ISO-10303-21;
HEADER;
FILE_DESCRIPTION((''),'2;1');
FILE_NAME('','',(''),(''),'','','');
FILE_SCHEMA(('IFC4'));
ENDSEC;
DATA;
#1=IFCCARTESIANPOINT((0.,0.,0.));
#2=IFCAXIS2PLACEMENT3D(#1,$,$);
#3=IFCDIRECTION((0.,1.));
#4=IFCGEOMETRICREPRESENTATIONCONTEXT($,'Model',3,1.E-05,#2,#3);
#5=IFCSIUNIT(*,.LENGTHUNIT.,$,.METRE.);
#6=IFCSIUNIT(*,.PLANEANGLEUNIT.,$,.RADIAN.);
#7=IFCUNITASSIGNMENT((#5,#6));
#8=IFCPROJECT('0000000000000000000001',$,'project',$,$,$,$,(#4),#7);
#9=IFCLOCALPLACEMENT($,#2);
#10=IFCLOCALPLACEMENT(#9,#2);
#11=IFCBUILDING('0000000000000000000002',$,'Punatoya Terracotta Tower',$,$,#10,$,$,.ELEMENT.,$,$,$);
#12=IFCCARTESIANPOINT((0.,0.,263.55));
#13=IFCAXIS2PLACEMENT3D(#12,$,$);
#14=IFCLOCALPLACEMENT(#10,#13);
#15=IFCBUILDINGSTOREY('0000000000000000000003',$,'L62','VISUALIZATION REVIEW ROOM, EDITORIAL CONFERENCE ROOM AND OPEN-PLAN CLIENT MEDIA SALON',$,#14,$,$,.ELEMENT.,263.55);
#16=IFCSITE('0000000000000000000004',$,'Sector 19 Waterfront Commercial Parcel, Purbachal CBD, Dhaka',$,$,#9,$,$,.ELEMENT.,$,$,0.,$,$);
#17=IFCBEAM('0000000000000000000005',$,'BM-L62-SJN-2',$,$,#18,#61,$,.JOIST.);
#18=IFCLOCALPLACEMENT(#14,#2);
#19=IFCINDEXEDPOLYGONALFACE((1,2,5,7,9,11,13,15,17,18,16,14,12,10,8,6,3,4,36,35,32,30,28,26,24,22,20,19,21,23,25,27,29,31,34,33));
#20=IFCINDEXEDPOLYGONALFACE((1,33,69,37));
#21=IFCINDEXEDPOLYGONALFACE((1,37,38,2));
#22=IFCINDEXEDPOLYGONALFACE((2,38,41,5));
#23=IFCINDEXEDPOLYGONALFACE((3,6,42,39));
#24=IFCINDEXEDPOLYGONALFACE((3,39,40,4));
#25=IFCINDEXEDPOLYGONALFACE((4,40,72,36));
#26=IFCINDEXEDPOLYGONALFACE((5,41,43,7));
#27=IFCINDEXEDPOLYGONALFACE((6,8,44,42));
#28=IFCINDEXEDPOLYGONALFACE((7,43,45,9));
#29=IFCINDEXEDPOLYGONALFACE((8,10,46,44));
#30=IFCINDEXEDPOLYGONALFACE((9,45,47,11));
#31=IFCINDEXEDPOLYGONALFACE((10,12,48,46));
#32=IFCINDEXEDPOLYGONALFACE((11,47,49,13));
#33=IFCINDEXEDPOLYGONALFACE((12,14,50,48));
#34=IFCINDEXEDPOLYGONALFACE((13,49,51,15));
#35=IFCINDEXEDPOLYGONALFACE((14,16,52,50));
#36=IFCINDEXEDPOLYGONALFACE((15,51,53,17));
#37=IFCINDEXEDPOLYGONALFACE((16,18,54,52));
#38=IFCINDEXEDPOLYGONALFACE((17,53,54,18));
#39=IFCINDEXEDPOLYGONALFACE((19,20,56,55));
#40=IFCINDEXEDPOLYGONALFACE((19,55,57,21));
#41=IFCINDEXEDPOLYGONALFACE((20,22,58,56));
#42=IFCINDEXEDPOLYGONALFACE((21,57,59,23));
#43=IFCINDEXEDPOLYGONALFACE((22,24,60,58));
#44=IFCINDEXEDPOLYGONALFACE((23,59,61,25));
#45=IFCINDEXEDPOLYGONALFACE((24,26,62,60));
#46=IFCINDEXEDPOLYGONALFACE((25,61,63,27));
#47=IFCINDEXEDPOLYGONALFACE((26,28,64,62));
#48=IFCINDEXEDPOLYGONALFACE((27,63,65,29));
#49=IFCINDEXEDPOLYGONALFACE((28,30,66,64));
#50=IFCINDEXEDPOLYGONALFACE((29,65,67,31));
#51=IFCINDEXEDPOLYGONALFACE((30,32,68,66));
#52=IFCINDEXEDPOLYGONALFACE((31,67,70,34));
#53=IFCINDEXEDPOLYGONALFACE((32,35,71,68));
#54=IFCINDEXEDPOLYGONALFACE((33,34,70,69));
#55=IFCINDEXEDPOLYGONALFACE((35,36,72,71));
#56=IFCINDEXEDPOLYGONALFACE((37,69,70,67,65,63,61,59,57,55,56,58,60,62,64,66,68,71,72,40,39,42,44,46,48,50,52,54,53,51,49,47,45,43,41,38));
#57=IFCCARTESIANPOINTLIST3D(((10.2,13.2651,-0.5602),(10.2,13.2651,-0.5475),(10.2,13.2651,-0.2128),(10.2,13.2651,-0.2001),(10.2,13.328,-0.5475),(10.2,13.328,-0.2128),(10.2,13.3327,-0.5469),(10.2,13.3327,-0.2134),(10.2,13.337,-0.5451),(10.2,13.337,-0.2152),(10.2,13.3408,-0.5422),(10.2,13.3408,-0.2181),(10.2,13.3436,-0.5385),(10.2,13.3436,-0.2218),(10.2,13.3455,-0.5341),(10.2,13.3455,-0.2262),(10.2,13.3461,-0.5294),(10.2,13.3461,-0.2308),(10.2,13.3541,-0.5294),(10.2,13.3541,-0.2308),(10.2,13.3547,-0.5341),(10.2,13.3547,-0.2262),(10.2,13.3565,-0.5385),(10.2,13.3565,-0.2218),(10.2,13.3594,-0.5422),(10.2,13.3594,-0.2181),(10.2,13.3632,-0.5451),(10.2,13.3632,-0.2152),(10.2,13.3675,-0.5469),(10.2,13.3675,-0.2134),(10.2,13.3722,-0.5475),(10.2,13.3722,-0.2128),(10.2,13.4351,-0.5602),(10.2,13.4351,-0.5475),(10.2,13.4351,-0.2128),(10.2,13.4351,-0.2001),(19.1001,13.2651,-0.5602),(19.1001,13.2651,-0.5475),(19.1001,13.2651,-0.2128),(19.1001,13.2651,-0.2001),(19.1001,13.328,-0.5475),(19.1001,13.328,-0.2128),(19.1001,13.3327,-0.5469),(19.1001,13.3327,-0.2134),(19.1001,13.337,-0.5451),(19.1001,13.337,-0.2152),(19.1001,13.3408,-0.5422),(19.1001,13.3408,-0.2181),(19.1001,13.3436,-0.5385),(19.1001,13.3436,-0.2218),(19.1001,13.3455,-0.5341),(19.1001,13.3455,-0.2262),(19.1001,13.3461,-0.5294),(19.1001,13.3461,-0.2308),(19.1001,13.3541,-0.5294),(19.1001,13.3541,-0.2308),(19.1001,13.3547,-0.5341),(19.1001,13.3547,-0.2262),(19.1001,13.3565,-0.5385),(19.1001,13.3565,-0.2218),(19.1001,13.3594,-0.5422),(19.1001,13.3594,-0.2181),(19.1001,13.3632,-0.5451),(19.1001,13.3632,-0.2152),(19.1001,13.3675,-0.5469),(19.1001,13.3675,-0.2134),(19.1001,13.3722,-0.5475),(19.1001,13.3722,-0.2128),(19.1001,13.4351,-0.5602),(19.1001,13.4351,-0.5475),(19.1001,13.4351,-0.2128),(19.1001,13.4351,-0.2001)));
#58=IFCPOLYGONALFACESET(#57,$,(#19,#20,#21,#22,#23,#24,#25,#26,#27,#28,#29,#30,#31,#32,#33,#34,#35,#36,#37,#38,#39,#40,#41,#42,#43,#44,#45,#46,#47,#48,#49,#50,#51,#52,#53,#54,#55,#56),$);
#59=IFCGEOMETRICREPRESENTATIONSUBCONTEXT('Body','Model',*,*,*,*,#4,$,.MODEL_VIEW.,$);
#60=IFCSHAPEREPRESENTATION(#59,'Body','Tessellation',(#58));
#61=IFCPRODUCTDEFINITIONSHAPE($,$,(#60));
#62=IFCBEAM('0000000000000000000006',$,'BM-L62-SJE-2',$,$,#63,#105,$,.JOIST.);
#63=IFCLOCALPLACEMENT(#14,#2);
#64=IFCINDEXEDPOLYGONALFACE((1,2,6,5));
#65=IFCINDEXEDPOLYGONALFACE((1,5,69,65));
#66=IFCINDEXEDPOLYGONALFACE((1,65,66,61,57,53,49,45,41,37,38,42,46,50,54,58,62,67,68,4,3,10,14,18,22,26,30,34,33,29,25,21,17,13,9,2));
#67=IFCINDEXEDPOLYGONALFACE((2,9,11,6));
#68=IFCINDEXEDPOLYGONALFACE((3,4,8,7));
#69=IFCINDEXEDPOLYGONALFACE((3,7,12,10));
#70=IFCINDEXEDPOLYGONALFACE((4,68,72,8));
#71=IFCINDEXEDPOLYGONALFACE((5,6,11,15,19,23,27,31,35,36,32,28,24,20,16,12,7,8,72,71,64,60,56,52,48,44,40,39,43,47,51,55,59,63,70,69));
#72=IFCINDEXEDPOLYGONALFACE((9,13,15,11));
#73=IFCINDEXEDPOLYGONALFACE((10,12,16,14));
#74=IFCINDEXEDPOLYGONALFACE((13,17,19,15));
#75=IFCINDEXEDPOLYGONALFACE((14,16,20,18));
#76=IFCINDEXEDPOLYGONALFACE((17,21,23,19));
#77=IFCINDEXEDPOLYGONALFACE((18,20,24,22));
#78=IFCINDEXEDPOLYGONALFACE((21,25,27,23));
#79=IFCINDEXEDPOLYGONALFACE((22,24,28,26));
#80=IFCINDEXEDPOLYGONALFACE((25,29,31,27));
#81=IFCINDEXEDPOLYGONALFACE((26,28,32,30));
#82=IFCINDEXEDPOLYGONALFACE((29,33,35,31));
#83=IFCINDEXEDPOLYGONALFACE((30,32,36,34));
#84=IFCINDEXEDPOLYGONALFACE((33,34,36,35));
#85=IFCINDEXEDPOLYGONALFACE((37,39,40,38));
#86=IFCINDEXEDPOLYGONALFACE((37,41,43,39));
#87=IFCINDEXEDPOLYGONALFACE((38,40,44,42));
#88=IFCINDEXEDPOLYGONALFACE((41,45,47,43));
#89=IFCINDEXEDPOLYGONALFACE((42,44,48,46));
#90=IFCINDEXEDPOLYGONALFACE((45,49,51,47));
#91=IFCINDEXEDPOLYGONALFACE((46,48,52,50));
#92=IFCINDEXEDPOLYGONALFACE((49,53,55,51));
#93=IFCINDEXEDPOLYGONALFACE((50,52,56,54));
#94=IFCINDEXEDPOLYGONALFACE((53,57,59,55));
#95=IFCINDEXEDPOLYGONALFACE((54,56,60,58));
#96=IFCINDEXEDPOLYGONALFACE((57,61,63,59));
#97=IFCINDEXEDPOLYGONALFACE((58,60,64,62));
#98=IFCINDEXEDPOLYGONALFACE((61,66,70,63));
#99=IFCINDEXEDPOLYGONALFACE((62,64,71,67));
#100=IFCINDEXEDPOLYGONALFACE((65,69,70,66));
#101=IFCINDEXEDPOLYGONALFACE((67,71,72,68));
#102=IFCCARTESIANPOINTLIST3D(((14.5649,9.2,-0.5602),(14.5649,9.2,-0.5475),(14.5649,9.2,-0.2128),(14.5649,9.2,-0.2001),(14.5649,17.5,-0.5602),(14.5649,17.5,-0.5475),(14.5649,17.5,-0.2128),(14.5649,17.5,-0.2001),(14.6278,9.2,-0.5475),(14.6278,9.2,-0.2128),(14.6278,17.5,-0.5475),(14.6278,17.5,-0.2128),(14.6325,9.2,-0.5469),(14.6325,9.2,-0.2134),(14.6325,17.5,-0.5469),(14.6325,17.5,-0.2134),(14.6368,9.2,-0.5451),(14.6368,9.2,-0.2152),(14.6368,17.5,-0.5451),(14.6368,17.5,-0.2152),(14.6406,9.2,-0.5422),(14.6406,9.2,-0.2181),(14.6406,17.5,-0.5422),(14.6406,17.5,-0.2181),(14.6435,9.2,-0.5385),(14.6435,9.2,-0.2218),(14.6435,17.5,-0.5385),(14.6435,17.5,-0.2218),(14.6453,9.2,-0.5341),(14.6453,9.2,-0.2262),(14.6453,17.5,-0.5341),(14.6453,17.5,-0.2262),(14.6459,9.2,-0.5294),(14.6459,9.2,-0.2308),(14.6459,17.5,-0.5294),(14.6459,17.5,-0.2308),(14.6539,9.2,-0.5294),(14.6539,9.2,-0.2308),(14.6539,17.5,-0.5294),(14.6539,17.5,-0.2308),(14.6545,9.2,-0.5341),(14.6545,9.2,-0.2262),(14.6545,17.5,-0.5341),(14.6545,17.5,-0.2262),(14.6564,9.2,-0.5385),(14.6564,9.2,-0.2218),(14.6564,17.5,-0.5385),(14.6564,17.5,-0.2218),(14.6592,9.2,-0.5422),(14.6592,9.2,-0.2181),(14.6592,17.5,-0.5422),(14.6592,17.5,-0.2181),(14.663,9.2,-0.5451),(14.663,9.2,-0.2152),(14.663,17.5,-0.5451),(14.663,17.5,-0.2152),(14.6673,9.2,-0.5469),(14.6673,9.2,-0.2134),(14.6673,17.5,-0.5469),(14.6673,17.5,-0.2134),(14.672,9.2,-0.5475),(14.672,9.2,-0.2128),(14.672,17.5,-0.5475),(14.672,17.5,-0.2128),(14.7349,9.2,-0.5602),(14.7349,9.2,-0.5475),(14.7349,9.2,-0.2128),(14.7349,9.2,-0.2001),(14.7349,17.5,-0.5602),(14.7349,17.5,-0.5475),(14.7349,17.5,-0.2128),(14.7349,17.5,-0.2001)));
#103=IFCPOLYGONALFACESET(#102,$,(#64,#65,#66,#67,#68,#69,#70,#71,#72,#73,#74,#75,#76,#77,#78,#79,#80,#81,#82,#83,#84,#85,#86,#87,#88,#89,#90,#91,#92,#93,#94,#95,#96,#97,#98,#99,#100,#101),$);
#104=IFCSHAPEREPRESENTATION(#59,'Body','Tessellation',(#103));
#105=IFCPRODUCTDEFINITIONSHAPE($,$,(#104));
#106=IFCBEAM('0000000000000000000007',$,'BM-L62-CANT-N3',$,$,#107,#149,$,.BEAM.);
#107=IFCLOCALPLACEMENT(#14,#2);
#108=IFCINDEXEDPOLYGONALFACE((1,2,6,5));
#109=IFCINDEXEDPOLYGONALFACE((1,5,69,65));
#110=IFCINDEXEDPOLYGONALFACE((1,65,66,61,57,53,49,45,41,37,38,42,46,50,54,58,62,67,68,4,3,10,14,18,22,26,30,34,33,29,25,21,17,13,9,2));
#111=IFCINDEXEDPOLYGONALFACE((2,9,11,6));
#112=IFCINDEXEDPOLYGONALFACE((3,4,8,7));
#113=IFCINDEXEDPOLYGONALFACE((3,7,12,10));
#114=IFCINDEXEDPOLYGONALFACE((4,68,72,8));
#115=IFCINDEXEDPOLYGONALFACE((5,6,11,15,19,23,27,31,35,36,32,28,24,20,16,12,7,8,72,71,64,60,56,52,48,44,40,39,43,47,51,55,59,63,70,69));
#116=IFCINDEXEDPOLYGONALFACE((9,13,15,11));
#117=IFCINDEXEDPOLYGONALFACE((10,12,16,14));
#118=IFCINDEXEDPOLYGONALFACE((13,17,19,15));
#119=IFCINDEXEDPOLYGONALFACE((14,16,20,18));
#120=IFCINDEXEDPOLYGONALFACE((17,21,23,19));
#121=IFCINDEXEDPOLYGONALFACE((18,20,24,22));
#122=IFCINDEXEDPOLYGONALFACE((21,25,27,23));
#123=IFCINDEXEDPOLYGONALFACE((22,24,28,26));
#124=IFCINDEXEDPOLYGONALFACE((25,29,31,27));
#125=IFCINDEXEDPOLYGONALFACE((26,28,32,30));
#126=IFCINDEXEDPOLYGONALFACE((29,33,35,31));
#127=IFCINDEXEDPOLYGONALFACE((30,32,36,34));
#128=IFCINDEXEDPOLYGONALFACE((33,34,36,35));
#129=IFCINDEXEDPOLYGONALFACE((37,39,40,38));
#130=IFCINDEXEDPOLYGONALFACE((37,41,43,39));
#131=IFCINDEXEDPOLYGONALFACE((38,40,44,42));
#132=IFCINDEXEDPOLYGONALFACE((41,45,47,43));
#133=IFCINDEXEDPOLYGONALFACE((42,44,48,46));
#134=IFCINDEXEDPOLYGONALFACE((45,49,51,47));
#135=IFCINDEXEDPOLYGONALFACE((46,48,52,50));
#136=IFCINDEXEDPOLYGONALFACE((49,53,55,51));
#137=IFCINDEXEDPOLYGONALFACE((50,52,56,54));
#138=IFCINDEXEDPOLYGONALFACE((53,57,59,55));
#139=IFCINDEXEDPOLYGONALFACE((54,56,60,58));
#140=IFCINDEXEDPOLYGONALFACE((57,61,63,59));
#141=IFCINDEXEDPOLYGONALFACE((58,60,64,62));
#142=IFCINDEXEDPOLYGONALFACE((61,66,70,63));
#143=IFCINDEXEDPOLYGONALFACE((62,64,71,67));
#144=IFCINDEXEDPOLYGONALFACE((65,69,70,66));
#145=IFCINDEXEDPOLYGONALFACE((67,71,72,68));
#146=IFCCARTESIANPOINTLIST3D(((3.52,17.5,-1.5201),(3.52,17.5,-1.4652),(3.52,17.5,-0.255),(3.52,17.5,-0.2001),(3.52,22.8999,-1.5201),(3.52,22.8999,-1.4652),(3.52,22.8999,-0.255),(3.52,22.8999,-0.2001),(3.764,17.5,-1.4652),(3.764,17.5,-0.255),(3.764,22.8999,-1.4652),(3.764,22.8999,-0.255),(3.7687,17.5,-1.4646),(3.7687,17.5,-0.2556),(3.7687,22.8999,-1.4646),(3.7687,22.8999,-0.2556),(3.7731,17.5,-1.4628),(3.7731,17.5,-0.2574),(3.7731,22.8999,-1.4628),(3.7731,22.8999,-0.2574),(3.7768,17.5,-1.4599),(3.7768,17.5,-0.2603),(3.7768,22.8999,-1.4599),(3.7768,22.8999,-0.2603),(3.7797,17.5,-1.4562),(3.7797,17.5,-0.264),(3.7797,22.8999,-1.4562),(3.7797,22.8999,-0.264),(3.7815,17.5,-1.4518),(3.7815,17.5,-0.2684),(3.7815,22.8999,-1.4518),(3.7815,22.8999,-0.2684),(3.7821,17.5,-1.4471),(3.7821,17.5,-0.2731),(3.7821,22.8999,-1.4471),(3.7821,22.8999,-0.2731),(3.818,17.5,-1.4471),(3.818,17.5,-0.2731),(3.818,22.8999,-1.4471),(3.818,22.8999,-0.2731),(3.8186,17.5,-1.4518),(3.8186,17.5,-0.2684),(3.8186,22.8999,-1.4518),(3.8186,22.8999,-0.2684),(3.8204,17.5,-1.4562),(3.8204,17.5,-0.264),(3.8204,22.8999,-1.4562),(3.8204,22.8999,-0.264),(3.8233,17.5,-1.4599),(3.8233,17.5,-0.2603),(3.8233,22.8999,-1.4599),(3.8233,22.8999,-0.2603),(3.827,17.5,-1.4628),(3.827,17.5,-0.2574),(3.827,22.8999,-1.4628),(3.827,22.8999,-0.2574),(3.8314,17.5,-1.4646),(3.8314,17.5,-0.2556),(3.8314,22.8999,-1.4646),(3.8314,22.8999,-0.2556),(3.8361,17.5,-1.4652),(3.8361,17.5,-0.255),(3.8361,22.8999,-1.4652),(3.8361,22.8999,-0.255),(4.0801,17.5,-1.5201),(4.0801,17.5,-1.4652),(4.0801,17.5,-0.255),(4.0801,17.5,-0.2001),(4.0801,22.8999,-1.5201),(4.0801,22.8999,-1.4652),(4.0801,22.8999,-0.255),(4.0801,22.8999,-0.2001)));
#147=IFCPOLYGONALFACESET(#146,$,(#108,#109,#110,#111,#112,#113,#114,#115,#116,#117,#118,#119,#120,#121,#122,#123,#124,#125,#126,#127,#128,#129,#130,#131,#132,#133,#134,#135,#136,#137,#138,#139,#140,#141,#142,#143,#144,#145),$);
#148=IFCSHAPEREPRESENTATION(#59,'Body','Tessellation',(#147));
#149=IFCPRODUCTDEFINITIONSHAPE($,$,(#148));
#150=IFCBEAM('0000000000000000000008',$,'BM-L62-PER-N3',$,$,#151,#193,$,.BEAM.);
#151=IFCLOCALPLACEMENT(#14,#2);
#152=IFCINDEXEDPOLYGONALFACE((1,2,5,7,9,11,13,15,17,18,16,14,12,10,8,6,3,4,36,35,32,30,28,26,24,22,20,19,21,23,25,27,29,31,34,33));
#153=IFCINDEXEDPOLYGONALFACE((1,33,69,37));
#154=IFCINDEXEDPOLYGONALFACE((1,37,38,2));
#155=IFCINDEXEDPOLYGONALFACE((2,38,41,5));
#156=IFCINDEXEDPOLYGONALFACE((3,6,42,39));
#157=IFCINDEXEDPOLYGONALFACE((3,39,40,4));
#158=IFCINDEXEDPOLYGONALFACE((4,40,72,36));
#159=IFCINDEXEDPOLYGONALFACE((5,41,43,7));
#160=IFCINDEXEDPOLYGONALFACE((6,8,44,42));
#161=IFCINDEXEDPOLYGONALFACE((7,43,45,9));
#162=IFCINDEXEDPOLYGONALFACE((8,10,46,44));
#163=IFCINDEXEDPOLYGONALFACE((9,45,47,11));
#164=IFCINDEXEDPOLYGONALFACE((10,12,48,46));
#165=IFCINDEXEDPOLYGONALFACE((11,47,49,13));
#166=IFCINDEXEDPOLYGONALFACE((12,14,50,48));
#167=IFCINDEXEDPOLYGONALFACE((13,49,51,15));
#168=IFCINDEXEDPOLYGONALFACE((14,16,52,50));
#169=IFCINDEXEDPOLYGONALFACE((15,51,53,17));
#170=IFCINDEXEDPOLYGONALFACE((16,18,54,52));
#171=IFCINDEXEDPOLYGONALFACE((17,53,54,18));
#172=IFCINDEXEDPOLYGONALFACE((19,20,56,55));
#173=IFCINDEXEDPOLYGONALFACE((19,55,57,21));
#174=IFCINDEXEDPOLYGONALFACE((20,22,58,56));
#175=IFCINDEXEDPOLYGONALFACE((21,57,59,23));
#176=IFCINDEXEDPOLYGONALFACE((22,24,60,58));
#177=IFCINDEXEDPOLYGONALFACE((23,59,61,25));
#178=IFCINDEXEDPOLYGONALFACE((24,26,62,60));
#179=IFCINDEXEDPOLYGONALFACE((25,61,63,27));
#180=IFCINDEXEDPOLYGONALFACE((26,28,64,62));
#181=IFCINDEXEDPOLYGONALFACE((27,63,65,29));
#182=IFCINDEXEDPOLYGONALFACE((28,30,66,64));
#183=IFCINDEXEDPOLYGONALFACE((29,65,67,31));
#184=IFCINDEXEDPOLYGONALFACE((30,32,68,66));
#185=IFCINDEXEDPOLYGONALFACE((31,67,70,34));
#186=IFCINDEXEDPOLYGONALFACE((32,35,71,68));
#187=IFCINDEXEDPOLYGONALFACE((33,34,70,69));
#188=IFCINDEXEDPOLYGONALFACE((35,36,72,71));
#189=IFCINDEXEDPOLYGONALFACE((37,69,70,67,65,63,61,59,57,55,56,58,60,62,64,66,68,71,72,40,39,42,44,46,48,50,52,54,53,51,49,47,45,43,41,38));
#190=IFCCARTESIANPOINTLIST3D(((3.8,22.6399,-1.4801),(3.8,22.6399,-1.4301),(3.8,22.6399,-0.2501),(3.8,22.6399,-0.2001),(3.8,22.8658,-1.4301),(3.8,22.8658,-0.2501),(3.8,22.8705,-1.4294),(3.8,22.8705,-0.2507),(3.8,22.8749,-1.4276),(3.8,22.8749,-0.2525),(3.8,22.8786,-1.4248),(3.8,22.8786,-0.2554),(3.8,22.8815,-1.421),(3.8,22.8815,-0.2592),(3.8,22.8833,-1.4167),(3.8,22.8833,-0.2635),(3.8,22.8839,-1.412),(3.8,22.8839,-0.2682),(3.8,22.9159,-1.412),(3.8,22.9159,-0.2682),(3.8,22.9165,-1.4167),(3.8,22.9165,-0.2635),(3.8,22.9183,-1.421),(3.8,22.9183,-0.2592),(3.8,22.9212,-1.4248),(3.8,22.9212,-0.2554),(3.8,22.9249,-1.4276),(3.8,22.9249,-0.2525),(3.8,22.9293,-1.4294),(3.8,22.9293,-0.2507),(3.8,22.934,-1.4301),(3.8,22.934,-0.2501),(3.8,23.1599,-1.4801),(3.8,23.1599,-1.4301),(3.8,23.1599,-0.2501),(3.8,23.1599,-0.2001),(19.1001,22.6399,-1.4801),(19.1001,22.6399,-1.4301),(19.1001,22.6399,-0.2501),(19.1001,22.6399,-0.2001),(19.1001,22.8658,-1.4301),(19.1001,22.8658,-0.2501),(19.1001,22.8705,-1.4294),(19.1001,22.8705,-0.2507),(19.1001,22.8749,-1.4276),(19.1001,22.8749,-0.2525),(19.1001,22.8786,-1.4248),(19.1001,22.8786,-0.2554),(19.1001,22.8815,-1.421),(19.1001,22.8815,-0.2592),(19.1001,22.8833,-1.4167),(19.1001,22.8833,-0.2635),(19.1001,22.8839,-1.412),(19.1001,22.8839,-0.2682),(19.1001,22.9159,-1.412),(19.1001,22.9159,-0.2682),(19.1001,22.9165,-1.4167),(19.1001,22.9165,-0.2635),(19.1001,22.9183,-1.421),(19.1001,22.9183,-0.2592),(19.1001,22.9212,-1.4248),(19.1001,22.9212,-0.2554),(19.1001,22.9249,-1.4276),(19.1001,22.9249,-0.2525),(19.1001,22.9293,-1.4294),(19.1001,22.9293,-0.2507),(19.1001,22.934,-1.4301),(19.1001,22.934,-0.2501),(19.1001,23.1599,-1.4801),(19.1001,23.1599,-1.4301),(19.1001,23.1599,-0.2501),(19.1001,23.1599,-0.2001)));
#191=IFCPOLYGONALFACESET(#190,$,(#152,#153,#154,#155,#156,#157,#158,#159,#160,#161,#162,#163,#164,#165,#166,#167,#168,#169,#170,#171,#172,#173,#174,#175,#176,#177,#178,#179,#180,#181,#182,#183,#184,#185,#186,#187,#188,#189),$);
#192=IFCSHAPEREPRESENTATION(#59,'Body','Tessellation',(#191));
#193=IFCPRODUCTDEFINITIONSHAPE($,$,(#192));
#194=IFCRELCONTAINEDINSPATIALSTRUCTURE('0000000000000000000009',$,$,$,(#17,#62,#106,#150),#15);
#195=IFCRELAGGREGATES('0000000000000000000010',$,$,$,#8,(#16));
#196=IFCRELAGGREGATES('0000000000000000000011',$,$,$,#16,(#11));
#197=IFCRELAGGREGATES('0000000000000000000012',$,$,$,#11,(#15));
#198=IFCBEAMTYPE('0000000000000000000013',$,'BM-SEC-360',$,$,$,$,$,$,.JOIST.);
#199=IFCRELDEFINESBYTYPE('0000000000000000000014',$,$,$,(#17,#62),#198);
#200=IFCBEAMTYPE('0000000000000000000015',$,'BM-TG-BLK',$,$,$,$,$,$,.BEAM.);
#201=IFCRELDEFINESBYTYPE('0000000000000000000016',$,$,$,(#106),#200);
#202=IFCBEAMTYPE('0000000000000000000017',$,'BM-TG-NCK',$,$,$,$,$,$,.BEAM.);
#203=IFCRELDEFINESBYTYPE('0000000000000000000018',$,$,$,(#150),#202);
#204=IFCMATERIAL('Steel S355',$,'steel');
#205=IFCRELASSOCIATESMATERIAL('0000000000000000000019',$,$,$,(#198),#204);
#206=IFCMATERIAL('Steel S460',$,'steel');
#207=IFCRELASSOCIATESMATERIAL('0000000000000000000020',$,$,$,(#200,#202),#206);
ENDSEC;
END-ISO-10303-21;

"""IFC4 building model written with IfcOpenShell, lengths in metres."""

from ifc_helpers import new_model, si_unit, direction, frame, origin, origin_2d, place, context, subcontext, project, spatial, i_section, extrude, material, material_profile, profile_set, type_object, element, save


model = new_model("IFC4")

# Units and contexts
model_context = context("Model", 3, precision=1e-05, world=origin(), true_north=direction((0.0, 1.0)))
body_context = subcontext(model_context, "Body", "Model", "MODEL_VIEW")
ifc_project = project(units=[si_unit("LENGTHUNIT", "METRE"), si_unit("PLANEANGLEUNIT", "RADIAN")], contexts=[model_context])

# Site, building, storey
site_placement = place(None, origin())
site = spatial("IfcSite", under=ifc_project, at=site_placement, Name="Sector 19 Waterfront Commercial Parcel, Purbachal CBD, Dhaka", CompositionType="ELEMENT", RefElevation=0.0)
building_placement = place(site_placement, origin())
building = spatial("IfcBuilding", under=site, at=building_placement, Name="Punatoya Terracotta Tower", CompositionType="ELEMENT")
storey_placement = place(building_placement, frame((0.0, 0.0, 263.55)))
storey = spatial("IfcBuildingStorey", under=building, at=storey_placement, Name="L62", Description="VISUALIZATION REVIEW ROOM, EDITORIAL CONFERENCE ROOM AND OPEN-PLAN CLIENT MEDIA SALON", CompositionType="ELEMENT", Elevation=263.55)

# Shared definitions
ifc_material_1 = material(Name="Steel S460", Category="steel")

# Beams
ifc_material_2 = material(Name="Steel S355", Category="steel")
ifc_material_profile_1 = material_profile(ifc_material_2, i_section(OverallWidth=0.1699, OverallDepth=0.3601, WebThickness=0.0081, FlangeThickness=0.0127, FilletRadius=0.0181, at=origin_2d()))
ifc_profile_set_1 = profile_set([ifc_material_profile_1], Name="Steel S355")
beam_type_1 = type_object("IfcBeamType", Name="BM-SEC-360", PredefinedType="JOIST", material=ifc_profile_set_1)
beam_1_placement = place(storey_placement, frame((10.2, 13.3501, -0.3801), z_axis=(1.0, 0.0, 0.0), x_axis=(0.0, 1.0, 0.0)))
element("IfcBeam", 1, at=beam_1_placement, inside=storey, type_object=beam_type_1, Name="BM-L62-SJN-2", PredefinedType="JOIST", context=body_context, shape_type="SweptSolid", body=[
    extrude(i_section(OverallWidth=0.1699, OverallDepth=0.3601, WebThickness=0.0081, FlangeThickness=0.0127, FilletRadius=0.0181, at=origin_2d()), origin(), (0.0, 0.0, 1.0), 8.9001),
])
beam_2_placement = place(storey_placement, frame((14.6499, 9.2, -0.3801), z_axis=(0.0, 1.0, 0.0), x_axis=(-1.0, 0.0, 0.0)))
element("IfcBeam", 2, at=beam_2_placement, inside=storey, type_object=beam_type_1, Name="BM-L62-SJE-2", PredefinedType="JOIST", context=body_context, shape_type="SweptSolid", body=[
    extrude(i_section(OverallWidth=0.1699, OverallDepth=0.3601, WebThickness=0.0081, FlangeThickness=0.0127, FilletRadius=0.0181, at=origin_2d()), origin(), (0.0, 0.0, 1.0), 8.3),
])
ifc_material_profile_2 = material_profile(ifc_material_1, i_section(OverallWidth=0.5601, OverallDepth=1.3201, WebThickness=0.0359, FlangeThickness=0.0549, FilletRadius=0.0181, at=origin_2d()))
ifc_profile_set_2 = profile_set([ifc_material_profile_2], Name="Steel S460")
beam_type_2 = type_object("IfcBeamType", Name="BM-TG-BLK", PredefinedType="BEAM", material=ifc_profile_set_2)
beam_3_placement = place(storey_placement, frame((3.8, 17.5, -0.8601), z_axis=(0.0, 1.0, 0.0), x_axis=(-1.0, 0.0, 0.0)))
element("IfcBeam", 3, at=beam_3_placement, inside=storey, type_object=beam_type_2, Name="BM-L62-CANT-N3", PredefinedType="BEAM", context=body_context, shape_type="SweptSolid", body=[
    extrude(i_section(OverallWidth=0.5601, OverallDepth=1.3201, WebThickness=0.0359, FlangeThickness=0.0549, FilletRadius=0.0181, at=origin_2d()), origin(), (0.0, 0.0, 1.0), 5.3999),
])
ifc_material_profile_3 = material_profile(ifc_material_1, i_section(OverallWidth=0.52, OverallDepth=1.28, WebThickness=0.032, FlangeThickness=0.05, FilletRadius=0.0181, at=origin_2d()))
ifc_profile_set_3 = profile_set([ifc_material_profile_3], Name="Steel S460")
beam_type_3 = type_object("IfcBeamType", Name="BM-TG-NCK", PredefinedType="BEAM", material=ifc_profile_set_3)
beam_4_placement = place(storey_placement, frame((3.8, 22.8999, -0.8401), z_axis=(1.0, 0.0, 0.0), x_axis=(0.0, 1.0, 0.0)))
element("IfcBeam", 4, at=beam_4_placement, inside=storey, type_object=beam_type_3, Name="BM-L62-PER-N3", PredefinedType="BEAM", context=body_context, shape_type="SweptSolid", body=[
    extrude(i_section(OverallWidth=0.52, OverallDepth=1.28, WebThickness=0.032, FlangeThickness=0.05, FilletRadius=0.0181, at=origin_2d()), origin(), (0.0, 0.0, 1.0), 15.3),
])

save(model, "model.ifc")
